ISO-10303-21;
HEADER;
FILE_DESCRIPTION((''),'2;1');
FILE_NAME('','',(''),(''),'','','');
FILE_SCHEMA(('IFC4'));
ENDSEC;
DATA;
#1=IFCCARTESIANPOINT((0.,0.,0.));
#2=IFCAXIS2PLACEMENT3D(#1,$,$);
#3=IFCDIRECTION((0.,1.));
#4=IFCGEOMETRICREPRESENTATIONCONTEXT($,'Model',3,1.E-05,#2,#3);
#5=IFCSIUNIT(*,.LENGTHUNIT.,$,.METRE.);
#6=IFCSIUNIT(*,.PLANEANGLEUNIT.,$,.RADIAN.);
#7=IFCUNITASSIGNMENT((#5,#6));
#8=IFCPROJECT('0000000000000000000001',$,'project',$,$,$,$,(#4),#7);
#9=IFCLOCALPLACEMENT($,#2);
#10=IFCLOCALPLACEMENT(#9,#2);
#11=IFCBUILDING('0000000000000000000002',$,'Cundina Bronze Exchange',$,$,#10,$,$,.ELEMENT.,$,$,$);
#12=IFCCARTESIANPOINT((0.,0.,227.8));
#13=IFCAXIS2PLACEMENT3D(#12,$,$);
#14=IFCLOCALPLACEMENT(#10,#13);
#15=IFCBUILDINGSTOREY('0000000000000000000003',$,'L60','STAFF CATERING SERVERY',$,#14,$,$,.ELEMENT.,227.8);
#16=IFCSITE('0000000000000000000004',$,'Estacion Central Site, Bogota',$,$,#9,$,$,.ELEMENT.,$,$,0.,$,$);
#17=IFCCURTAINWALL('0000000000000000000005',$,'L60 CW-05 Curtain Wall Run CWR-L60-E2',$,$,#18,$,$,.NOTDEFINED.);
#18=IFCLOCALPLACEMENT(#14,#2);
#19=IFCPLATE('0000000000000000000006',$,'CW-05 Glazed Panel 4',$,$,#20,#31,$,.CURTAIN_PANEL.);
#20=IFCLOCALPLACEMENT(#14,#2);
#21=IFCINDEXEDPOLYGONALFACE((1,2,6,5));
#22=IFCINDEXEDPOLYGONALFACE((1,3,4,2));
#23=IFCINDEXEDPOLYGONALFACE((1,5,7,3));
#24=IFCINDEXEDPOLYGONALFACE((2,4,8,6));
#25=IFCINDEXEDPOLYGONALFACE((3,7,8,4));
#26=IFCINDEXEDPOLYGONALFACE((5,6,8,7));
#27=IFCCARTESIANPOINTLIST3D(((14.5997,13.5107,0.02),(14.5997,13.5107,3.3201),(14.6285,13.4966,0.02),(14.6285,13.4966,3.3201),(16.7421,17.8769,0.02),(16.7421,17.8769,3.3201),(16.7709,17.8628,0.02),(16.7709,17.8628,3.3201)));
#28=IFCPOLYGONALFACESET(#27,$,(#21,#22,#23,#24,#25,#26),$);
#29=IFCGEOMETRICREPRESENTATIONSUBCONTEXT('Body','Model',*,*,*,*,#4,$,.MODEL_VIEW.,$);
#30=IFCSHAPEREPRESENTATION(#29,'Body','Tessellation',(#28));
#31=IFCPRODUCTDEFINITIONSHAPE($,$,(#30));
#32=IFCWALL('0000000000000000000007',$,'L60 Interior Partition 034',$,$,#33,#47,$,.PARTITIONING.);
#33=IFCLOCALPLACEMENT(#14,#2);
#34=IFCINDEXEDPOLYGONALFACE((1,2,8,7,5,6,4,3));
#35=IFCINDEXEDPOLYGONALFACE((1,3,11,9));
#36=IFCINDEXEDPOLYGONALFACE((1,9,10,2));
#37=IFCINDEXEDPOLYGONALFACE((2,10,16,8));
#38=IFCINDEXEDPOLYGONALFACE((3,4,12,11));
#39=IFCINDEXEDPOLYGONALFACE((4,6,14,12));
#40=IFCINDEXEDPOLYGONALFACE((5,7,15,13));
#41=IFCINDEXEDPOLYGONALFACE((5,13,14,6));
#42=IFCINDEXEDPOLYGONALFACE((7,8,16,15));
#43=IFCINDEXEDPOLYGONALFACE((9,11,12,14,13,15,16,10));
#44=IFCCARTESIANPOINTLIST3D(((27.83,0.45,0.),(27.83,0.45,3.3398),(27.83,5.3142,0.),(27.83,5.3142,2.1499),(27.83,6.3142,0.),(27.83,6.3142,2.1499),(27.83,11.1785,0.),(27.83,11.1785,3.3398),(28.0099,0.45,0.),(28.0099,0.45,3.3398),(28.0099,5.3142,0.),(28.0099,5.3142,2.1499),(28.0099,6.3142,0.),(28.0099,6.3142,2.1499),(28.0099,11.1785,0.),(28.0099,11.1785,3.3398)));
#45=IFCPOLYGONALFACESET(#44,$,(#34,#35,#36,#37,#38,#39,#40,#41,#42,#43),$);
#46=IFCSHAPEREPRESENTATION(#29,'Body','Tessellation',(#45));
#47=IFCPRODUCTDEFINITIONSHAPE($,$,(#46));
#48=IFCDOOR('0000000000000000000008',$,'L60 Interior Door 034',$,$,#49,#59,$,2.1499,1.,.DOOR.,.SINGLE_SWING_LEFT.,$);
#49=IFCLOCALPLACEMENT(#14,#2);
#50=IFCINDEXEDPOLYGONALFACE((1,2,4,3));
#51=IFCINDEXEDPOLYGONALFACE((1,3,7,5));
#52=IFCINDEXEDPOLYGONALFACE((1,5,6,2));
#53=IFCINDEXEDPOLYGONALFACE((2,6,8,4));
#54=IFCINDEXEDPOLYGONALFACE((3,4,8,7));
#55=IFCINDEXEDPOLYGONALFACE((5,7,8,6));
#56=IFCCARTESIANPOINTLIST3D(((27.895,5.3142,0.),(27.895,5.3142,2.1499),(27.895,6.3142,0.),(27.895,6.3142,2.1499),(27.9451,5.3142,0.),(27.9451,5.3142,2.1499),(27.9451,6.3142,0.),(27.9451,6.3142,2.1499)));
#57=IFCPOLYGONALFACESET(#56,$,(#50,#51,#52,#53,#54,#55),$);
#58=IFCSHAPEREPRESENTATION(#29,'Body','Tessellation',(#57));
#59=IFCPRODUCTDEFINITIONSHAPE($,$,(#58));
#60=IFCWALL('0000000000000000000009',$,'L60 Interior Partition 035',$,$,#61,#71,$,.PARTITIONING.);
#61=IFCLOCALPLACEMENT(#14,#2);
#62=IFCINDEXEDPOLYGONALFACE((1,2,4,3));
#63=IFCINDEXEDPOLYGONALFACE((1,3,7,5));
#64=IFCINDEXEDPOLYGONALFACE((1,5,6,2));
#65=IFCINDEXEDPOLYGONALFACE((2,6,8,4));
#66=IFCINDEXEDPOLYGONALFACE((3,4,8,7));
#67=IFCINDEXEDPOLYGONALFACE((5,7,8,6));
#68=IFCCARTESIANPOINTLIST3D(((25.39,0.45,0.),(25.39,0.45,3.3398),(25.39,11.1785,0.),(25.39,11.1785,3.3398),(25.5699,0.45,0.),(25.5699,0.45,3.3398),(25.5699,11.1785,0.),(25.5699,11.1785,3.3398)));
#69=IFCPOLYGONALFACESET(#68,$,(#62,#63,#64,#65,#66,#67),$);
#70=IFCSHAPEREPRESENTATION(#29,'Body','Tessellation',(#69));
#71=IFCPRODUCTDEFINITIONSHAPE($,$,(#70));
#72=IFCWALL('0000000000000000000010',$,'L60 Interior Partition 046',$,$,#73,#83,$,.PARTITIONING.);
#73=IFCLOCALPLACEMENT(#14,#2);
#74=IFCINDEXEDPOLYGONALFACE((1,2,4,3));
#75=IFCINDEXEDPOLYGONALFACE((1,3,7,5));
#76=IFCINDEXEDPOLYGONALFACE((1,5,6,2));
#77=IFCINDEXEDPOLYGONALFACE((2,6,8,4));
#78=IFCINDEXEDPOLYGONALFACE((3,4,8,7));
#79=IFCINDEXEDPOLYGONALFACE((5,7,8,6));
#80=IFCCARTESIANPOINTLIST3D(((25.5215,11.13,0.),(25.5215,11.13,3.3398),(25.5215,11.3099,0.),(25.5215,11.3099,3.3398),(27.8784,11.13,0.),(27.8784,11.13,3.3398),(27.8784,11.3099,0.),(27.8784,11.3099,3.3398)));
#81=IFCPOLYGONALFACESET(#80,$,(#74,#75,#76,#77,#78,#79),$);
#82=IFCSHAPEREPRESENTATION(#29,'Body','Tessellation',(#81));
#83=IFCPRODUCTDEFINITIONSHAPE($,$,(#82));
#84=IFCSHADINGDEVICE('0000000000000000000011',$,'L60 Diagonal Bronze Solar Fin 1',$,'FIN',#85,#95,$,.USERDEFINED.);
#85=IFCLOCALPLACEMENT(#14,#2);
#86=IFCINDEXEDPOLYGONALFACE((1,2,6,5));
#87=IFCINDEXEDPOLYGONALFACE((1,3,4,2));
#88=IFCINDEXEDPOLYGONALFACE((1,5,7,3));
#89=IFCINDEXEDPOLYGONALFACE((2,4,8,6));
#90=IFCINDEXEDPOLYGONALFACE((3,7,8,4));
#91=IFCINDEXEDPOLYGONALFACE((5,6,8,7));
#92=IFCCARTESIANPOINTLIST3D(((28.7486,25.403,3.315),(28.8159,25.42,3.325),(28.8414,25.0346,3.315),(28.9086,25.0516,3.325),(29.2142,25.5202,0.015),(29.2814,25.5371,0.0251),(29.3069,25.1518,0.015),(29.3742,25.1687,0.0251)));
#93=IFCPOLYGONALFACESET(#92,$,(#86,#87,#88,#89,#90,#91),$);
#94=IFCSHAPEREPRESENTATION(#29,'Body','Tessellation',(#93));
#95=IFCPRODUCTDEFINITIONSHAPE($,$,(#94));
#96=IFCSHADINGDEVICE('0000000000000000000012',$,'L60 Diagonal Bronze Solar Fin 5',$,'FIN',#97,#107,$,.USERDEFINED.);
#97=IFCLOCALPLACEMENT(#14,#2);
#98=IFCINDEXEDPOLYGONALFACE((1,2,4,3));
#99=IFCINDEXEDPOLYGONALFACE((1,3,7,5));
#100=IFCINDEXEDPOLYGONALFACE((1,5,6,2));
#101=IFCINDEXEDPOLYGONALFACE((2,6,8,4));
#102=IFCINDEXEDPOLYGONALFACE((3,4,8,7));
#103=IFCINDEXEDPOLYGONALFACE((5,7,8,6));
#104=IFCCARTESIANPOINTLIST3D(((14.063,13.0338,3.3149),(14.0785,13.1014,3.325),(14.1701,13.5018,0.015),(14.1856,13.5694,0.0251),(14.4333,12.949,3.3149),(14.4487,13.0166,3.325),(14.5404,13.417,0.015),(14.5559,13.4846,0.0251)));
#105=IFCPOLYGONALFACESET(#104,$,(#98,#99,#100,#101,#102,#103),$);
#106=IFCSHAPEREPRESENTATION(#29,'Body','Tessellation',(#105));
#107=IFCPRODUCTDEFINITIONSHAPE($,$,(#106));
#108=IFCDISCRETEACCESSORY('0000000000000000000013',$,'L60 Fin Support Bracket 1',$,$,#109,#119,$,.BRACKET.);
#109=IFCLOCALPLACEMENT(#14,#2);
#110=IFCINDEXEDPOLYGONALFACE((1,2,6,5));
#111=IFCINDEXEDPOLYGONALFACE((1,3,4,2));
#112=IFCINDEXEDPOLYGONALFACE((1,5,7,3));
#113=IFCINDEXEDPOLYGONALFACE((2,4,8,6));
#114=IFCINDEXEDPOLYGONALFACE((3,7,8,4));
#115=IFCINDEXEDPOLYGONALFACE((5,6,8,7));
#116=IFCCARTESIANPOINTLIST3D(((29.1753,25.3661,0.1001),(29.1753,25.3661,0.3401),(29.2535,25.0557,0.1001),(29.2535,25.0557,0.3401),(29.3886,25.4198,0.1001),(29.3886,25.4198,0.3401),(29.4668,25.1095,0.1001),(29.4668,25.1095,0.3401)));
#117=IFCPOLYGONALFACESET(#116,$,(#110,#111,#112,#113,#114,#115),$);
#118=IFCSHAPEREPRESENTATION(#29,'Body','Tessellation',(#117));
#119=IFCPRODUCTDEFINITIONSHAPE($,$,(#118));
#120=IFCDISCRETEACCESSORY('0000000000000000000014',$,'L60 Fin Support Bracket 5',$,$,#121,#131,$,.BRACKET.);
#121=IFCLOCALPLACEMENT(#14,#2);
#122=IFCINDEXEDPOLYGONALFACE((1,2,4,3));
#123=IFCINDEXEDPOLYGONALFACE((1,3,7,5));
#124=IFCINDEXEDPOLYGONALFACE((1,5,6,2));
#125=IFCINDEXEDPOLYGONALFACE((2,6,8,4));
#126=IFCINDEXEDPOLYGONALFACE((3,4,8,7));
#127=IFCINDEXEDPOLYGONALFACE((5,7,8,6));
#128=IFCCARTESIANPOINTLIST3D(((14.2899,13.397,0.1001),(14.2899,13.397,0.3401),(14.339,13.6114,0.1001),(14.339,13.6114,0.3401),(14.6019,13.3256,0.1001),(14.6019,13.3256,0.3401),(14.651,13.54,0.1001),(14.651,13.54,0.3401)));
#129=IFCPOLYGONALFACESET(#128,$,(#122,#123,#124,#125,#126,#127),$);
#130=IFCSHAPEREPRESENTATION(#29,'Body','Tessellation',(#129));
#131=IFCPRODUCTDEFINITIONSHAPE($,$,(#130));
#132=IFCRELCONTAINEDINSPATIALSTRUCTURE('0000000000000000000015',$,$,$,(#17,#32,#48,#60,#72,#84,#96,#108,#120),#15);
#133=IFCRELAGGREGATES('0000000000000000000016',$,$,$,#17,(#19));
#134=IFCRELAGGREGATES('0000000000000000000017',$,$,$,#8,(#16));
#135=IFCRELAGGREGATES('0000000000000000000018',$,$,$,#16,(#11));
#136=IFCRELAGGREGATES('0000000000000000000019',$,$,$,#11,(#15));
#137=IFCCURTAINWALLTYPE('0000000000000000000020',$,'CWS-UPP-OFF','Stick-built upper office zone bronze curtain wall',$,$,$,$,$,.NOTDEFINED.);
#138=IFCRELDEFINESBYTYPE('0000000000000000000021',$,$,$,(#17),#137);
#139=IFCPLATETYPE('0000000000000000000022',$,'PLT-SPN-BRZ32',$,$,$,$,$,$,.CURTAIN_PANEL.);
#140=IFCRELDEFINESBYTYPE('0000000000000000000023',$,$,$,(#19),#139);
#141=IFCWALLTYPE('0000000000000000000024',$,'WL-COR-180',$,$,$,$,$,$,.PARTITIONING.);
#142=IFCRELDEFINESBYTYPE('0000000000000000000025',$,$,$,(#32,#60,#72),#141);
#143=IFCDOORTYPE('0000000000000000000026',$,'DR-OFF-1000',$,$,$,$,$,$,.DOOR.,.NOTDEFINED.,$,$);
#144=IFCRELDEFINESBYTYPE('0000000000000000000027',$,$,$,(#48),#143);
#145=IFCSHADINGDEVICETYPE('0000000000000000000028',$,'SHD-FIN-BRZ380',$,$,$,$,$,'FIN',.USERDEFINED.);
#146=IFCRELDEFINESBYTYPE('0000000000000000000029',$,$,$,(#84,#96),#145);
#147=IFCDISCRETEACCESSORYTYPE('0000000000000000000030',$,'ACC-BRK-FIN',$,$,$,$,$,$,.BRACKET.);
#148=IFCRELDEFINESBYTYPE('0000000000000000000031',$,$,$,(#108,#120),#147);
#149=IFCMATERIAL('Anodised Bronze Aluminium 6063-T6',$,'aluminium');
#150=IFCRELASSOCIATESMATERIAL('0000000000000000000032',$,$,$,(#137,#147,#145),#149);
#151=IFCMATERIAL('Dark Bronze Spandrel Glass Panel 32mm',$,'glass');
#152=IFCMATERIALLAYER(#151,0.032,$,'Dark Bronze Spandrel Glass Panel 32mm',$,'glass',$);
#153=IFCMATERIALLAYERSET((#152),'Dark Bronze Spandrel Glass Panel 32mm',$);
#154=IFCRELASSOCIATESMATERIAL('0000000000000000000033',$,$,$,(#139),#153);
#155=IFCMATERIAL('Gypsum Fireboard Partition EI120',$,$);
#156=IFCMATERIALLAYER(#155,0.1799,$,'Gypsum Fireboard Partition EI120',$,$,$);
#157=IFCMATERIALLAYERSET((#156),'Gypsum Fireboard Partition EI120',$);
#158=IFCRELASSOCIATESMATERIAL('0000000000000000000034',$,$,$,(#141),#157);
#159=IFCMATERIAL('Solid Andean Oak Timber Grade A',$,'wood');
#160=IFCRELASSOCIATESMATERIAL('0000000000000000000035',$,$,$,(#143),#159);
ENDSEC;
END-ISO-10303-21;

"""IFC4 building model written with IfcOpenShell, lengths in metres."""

from ifc_helpers import new_model, si_unit, direction, frame, frame_2d, origin, origin_2d, place, context, subcontext, project, spatial, rectangle, extrude, material, layer, layer_set, material_profile, profile_set, type_object, element, fill, aggregate, save


model = new_model("IFC4")

# Units and contexts
model_context = context("Model", 3, precision=1e-05, world=origin(), true_north=direction((0.0, 1.0)))
body_context = subcontext(model_context, "Body", "Model", "MODEL_VIEW")
ifc_project = project(units=[si_unit("LENGTHUNIT", "METRE"), si_unit("PLANEANGLEUNIT", "RADIAN")], contexts=[model_context])

# Site, building, storey
site_placement = place(None, origin())
site = spatial("IfcSite", under=ifc_project, at=site_placement, Name="Estacion Central Site, Bogota", CompositionType="ELEMENT", RefElevation=0.0)
building_placement = place(site_placement, origin())
building = spatial("IfcBuilding", under=site, at=building_placement, Name="Cundina Bronze Exchange", CompositionType="ELEMENT")
storey_placement = place(building_placement, frame((0.0, 0.0, 227.8)))
storey = spatial("IfcBuildingStorey", under=building, at=storey_placement, Name="L60", Description="STAFF CATERING SERVERY", CompositionType="ELEMENT", Elevation=227.8)

# Shared definitions
ifc_material_1 = material(Name="Anodised Bronze Aluminium 6063-T6", Category="aluminium")
curtain_wall_type = type_object("IfcCurtainWallType", Name="CWS-UPP-OFF", Description="Stick-built upper office zone bronze curtain wall", PredefinedType="NOTDEFINED", material=ifc_material_1)

# Curtain wall, plate
curtain_wall_1_placement = place(storey_placement, origin())
curtain_wall_1 = element("IfcCurtainWall", 1, at=curtain_wall_1_placement, inside=storey, type_object=curtain_wall_type, Name="L60 CW-05 Curtain Wall Run CWR-L60-E2", PredefinedType="NOTDEFINED")
ifc_material_2 = material(Name="Dark Bronze Spandrel Glass Panel 32mm", Category="glass")
ifc_layer_1 = layer(ifc_material_2, 0.032, Name="Dark Bronze Spandrel Glass Panel 32mm", Category="glass")
ifc_layer_set_1 = layer_set([ifc_layer_1], Name="Dark Bronze Spandrel Glass Panel 32mm")
plate_type_1 = type_object("IfcPlateType", Name="PLT-SPN-BRZ32", PredefinedType="CURTAIN_PANEL", material=ifc_layer_set_1)
plate_1_placement = place(storey_placement, frame((15.6853, 15.6868, 0.02), z_axis=(0.0, 0.0, 1.0), x_axis=(-0.440503, -0.897751, 0.0)))
plate_1 = element("IfcPlate", 2, at=plate_1_placement, type_object=plate_type_1, Name="CW-05 Glazed Panel 4", PredefinedType="CURTAIN_PANEL", context=body_context, shape_type="SweptSolid", body=[
    extrude(rectangle(XDim=4.8635, YDim=0.032, at=origin_2d()), origin(), (0.0, 0.0, 1.0), 3.3),
])
aggregate(curtain_wall_1, [plate_1])

# Wall, opening, door
ifc_material_3 = material(Name="Gypsum Fireboard Partition EI120")
ifc_layer_2 = layer(ifc_material_3, 0.1799, Name="Gypsum Fireboard Partition EI120")
ifc_layer_set_2 = layer_set([ifc_layer_2], Name="Gypsum Fireboard Partition EI120")
wall_type = type_object("IfcWallType", Name="WL-COR-180", PredefinedType="PARTITIONING", material=ifc_layer_set_2)
wall_1_placement = place(storey_placement, frame((27.9199, 0.45, 0.0), z_axis=(0.0, 0.0, 1.0), x_axis=(0.0, 1.0, 0.0)))
wall_1 = element("IfcWall", 3, at=wall_1_placement, inside=storey, type_object=wall_type, Name="L60 Interior Partition 034", PredefinedType="PARTITIONING", context=body_context, shape_type="SweptSolid", body=[
    extrude(rectangle(XDim=10.7285, YDim=0.1799, at=frame_2d((5.3643, 0.0))), origin(), (0.0, 0.0, 1.0), 3.3398),
])
opening_placement = place(wall_1_placement, frame((4.8643, 0.0, 0.0)))
opening = element("IfcOpeningElement", 4, at=opening_placement, cuts=wall_1, PredefinedType="OPENING", context=body_context, shape_type="SweptSolid", body=[
    extrude(rectangle(XDim=1.0, YDim=2.1499, at=frame_2d((0.5, 1.075))), frame((0.0, 0.0999, 0.0), z_axis=(0.0, -1.0, 0.0), x_axis=(1.0, 0.0, 0.0)), (0.0, 0.0, 1.0), 0.2),
])
ifc_material_4 = material(Name="Solid Andean Oak Timber Grade A", Category="wood")
door_type = type_object("IfcDoorType", Name="DR-OFF-1000", OperationType="NOTDEFINED", PredefinedType="DOOR", material=ifc_material_4)
door_placement = place(opening_placement, origin())
door = element("IfcDoor", 5, at=door_placement, inside=storey, type_object=door_type, Name="L60 Interior Door 034", OperationType="SINGLE_SWING_LEFT", OverallHeight=2.1499, OverallWidth=1.0, PredefinedType="DOOR", context=body_context, shape_type="SweptSolid", body=[
    extrude(rectangle(XDim=1.0, YDim=2.1499, at=frame_2d((0.5, 1.075))), frame((0.0, 0.0249, 0.0), z_axis=(0.0, -1.0, 0.0), x_axis=(1.0, 0.0, 0.0)), (0.0, 0.0, 1.0), 0.05),
])
fill(opening, door)

# Walls
wall_2_placement = place(storey_placement, frame((25.48, 11.1785, 0.0), z_axis=(0.0, 0.0, 1.0), x_axis=(0.0, -1.0, 0.0)))
element("IfcWall", 6, at=wall_2_placement, inside=storey, type_object=wall_type, Name="L60 Interior Partition 035", PredefinedType="PARTITIONING", context=body_context, shape_type="SweptSolid", body=[
    extrude(rectangle(XDim=10.7285, YDim=0.1799, at=frame_2d((5.3643, 0.0))), origin(), (0.0, 0.0, 1.0), 3.3398),
])
wall_3_placement = place(storey_placement, frame((27.8784, 11.22, 0.0), z_axis=(0.0, 0.0, 1.0), x_axis=(-1.0, 0.0, 0.0)))
element("IfcWall", 7, at=wall_3_placement, inside=storey, type_object=wall_type, Name="L60 Interior Partition 046", PredefinedType="PARTITIONING", context=body_context, shape_type="SweptSolid", body=[
    extrude(rectangle(XDim=2.3569, YDim=0.1799, at=frame_2d((1.1785, 0.0))), origin(), (0.0, 0.0, 1.0), 3.3398),
])

# Shading devices
ifc_material_profile_1 = material_profile(ifc_material_1, rectangle(XDim=0.0701, YDim=0.3799, at=origin_2d()), Name="FIN70X380", Category="aluminium")
ifc_profile_set_1 = profile_set([ifc_material_profile_1], Name="Anodised Bronze Aluminium 6063-T6")
shading_device_type = type_object("IfcShadingDeviceType", Name="SHD-FIN-BRZ380", ElementType="FIN", PredefinedType="USERDEFINED", material=ifc_profile_set_1)
for number, where, z_axis, x_axis, name in (
    (8, (29.2942, 25.3445, 0.02), (-0.139612, -0.035141, 0.989583), (0.95965, 0.241548, 0.143967), "L60 Diagonal Bronze Solar Fin 1"),
    (9, (14.363, 13.4932, 0.02), (-0.032139, -0.140344, 0.989581), (0.220899, 0.964611, 0.143977), "L60 Diagonal Bronze Solar Fin 5"),
):
    element("IfcShadingDevice", number, at=place(storey_placement, frame(where, z_axis=z_axis, x_axis=x_axis)), inside=storey, type_object=shading_device_type, Name=name, ObjectType="FIN", PredefinedType="USERDEFINED", context=body_context, shape_type="SweptSolid", body=[
        extrude(rectangle(XDim=0.0701, YDim=0.3799, at=origin_2d()), origin(), (0.0, 0.0, 1.0), 3.3347),
    ])

# Discrete accessories
discrete_accessory_type = type_object("IfcDiscreteAccessoryType", Name="ACC-BRK-FIN", PredefinedType="BRACKET", material=ifc_material_1)
for number, where, z_axis, x_axis, name in (
    (10, (29.321, 25.2378, 0.1001), (0.0, 0.0, 1.0), (-0.969732, -0.244174, 0.0), "L60 Fin Support Bracket 1"),
    (11, (14.4705, 13.4685, 0.1001), (0.0, 0.0, 1.0), (-0.223284, -0.974753, 0.0), "L60 Fin Support Bracket 5"),
):
    element("IfcDiscreteAccessory", number, at=place(storey_placement, frame(where, z_axis=z_axis, x_axis=x_axis)), inside=storey, type_object=discrete_accessory_type, Name=name, PredefinedType="BRACKET", context=body_context, shape_type="SweptSolid", body=[
        extrude(rectangle(XDim=0.22, YDim=0.3201, at=origin_2d()), origin(), (0.0, 0.0, 1.0), 0.24),
    ])

save(model, "model.ifc")
